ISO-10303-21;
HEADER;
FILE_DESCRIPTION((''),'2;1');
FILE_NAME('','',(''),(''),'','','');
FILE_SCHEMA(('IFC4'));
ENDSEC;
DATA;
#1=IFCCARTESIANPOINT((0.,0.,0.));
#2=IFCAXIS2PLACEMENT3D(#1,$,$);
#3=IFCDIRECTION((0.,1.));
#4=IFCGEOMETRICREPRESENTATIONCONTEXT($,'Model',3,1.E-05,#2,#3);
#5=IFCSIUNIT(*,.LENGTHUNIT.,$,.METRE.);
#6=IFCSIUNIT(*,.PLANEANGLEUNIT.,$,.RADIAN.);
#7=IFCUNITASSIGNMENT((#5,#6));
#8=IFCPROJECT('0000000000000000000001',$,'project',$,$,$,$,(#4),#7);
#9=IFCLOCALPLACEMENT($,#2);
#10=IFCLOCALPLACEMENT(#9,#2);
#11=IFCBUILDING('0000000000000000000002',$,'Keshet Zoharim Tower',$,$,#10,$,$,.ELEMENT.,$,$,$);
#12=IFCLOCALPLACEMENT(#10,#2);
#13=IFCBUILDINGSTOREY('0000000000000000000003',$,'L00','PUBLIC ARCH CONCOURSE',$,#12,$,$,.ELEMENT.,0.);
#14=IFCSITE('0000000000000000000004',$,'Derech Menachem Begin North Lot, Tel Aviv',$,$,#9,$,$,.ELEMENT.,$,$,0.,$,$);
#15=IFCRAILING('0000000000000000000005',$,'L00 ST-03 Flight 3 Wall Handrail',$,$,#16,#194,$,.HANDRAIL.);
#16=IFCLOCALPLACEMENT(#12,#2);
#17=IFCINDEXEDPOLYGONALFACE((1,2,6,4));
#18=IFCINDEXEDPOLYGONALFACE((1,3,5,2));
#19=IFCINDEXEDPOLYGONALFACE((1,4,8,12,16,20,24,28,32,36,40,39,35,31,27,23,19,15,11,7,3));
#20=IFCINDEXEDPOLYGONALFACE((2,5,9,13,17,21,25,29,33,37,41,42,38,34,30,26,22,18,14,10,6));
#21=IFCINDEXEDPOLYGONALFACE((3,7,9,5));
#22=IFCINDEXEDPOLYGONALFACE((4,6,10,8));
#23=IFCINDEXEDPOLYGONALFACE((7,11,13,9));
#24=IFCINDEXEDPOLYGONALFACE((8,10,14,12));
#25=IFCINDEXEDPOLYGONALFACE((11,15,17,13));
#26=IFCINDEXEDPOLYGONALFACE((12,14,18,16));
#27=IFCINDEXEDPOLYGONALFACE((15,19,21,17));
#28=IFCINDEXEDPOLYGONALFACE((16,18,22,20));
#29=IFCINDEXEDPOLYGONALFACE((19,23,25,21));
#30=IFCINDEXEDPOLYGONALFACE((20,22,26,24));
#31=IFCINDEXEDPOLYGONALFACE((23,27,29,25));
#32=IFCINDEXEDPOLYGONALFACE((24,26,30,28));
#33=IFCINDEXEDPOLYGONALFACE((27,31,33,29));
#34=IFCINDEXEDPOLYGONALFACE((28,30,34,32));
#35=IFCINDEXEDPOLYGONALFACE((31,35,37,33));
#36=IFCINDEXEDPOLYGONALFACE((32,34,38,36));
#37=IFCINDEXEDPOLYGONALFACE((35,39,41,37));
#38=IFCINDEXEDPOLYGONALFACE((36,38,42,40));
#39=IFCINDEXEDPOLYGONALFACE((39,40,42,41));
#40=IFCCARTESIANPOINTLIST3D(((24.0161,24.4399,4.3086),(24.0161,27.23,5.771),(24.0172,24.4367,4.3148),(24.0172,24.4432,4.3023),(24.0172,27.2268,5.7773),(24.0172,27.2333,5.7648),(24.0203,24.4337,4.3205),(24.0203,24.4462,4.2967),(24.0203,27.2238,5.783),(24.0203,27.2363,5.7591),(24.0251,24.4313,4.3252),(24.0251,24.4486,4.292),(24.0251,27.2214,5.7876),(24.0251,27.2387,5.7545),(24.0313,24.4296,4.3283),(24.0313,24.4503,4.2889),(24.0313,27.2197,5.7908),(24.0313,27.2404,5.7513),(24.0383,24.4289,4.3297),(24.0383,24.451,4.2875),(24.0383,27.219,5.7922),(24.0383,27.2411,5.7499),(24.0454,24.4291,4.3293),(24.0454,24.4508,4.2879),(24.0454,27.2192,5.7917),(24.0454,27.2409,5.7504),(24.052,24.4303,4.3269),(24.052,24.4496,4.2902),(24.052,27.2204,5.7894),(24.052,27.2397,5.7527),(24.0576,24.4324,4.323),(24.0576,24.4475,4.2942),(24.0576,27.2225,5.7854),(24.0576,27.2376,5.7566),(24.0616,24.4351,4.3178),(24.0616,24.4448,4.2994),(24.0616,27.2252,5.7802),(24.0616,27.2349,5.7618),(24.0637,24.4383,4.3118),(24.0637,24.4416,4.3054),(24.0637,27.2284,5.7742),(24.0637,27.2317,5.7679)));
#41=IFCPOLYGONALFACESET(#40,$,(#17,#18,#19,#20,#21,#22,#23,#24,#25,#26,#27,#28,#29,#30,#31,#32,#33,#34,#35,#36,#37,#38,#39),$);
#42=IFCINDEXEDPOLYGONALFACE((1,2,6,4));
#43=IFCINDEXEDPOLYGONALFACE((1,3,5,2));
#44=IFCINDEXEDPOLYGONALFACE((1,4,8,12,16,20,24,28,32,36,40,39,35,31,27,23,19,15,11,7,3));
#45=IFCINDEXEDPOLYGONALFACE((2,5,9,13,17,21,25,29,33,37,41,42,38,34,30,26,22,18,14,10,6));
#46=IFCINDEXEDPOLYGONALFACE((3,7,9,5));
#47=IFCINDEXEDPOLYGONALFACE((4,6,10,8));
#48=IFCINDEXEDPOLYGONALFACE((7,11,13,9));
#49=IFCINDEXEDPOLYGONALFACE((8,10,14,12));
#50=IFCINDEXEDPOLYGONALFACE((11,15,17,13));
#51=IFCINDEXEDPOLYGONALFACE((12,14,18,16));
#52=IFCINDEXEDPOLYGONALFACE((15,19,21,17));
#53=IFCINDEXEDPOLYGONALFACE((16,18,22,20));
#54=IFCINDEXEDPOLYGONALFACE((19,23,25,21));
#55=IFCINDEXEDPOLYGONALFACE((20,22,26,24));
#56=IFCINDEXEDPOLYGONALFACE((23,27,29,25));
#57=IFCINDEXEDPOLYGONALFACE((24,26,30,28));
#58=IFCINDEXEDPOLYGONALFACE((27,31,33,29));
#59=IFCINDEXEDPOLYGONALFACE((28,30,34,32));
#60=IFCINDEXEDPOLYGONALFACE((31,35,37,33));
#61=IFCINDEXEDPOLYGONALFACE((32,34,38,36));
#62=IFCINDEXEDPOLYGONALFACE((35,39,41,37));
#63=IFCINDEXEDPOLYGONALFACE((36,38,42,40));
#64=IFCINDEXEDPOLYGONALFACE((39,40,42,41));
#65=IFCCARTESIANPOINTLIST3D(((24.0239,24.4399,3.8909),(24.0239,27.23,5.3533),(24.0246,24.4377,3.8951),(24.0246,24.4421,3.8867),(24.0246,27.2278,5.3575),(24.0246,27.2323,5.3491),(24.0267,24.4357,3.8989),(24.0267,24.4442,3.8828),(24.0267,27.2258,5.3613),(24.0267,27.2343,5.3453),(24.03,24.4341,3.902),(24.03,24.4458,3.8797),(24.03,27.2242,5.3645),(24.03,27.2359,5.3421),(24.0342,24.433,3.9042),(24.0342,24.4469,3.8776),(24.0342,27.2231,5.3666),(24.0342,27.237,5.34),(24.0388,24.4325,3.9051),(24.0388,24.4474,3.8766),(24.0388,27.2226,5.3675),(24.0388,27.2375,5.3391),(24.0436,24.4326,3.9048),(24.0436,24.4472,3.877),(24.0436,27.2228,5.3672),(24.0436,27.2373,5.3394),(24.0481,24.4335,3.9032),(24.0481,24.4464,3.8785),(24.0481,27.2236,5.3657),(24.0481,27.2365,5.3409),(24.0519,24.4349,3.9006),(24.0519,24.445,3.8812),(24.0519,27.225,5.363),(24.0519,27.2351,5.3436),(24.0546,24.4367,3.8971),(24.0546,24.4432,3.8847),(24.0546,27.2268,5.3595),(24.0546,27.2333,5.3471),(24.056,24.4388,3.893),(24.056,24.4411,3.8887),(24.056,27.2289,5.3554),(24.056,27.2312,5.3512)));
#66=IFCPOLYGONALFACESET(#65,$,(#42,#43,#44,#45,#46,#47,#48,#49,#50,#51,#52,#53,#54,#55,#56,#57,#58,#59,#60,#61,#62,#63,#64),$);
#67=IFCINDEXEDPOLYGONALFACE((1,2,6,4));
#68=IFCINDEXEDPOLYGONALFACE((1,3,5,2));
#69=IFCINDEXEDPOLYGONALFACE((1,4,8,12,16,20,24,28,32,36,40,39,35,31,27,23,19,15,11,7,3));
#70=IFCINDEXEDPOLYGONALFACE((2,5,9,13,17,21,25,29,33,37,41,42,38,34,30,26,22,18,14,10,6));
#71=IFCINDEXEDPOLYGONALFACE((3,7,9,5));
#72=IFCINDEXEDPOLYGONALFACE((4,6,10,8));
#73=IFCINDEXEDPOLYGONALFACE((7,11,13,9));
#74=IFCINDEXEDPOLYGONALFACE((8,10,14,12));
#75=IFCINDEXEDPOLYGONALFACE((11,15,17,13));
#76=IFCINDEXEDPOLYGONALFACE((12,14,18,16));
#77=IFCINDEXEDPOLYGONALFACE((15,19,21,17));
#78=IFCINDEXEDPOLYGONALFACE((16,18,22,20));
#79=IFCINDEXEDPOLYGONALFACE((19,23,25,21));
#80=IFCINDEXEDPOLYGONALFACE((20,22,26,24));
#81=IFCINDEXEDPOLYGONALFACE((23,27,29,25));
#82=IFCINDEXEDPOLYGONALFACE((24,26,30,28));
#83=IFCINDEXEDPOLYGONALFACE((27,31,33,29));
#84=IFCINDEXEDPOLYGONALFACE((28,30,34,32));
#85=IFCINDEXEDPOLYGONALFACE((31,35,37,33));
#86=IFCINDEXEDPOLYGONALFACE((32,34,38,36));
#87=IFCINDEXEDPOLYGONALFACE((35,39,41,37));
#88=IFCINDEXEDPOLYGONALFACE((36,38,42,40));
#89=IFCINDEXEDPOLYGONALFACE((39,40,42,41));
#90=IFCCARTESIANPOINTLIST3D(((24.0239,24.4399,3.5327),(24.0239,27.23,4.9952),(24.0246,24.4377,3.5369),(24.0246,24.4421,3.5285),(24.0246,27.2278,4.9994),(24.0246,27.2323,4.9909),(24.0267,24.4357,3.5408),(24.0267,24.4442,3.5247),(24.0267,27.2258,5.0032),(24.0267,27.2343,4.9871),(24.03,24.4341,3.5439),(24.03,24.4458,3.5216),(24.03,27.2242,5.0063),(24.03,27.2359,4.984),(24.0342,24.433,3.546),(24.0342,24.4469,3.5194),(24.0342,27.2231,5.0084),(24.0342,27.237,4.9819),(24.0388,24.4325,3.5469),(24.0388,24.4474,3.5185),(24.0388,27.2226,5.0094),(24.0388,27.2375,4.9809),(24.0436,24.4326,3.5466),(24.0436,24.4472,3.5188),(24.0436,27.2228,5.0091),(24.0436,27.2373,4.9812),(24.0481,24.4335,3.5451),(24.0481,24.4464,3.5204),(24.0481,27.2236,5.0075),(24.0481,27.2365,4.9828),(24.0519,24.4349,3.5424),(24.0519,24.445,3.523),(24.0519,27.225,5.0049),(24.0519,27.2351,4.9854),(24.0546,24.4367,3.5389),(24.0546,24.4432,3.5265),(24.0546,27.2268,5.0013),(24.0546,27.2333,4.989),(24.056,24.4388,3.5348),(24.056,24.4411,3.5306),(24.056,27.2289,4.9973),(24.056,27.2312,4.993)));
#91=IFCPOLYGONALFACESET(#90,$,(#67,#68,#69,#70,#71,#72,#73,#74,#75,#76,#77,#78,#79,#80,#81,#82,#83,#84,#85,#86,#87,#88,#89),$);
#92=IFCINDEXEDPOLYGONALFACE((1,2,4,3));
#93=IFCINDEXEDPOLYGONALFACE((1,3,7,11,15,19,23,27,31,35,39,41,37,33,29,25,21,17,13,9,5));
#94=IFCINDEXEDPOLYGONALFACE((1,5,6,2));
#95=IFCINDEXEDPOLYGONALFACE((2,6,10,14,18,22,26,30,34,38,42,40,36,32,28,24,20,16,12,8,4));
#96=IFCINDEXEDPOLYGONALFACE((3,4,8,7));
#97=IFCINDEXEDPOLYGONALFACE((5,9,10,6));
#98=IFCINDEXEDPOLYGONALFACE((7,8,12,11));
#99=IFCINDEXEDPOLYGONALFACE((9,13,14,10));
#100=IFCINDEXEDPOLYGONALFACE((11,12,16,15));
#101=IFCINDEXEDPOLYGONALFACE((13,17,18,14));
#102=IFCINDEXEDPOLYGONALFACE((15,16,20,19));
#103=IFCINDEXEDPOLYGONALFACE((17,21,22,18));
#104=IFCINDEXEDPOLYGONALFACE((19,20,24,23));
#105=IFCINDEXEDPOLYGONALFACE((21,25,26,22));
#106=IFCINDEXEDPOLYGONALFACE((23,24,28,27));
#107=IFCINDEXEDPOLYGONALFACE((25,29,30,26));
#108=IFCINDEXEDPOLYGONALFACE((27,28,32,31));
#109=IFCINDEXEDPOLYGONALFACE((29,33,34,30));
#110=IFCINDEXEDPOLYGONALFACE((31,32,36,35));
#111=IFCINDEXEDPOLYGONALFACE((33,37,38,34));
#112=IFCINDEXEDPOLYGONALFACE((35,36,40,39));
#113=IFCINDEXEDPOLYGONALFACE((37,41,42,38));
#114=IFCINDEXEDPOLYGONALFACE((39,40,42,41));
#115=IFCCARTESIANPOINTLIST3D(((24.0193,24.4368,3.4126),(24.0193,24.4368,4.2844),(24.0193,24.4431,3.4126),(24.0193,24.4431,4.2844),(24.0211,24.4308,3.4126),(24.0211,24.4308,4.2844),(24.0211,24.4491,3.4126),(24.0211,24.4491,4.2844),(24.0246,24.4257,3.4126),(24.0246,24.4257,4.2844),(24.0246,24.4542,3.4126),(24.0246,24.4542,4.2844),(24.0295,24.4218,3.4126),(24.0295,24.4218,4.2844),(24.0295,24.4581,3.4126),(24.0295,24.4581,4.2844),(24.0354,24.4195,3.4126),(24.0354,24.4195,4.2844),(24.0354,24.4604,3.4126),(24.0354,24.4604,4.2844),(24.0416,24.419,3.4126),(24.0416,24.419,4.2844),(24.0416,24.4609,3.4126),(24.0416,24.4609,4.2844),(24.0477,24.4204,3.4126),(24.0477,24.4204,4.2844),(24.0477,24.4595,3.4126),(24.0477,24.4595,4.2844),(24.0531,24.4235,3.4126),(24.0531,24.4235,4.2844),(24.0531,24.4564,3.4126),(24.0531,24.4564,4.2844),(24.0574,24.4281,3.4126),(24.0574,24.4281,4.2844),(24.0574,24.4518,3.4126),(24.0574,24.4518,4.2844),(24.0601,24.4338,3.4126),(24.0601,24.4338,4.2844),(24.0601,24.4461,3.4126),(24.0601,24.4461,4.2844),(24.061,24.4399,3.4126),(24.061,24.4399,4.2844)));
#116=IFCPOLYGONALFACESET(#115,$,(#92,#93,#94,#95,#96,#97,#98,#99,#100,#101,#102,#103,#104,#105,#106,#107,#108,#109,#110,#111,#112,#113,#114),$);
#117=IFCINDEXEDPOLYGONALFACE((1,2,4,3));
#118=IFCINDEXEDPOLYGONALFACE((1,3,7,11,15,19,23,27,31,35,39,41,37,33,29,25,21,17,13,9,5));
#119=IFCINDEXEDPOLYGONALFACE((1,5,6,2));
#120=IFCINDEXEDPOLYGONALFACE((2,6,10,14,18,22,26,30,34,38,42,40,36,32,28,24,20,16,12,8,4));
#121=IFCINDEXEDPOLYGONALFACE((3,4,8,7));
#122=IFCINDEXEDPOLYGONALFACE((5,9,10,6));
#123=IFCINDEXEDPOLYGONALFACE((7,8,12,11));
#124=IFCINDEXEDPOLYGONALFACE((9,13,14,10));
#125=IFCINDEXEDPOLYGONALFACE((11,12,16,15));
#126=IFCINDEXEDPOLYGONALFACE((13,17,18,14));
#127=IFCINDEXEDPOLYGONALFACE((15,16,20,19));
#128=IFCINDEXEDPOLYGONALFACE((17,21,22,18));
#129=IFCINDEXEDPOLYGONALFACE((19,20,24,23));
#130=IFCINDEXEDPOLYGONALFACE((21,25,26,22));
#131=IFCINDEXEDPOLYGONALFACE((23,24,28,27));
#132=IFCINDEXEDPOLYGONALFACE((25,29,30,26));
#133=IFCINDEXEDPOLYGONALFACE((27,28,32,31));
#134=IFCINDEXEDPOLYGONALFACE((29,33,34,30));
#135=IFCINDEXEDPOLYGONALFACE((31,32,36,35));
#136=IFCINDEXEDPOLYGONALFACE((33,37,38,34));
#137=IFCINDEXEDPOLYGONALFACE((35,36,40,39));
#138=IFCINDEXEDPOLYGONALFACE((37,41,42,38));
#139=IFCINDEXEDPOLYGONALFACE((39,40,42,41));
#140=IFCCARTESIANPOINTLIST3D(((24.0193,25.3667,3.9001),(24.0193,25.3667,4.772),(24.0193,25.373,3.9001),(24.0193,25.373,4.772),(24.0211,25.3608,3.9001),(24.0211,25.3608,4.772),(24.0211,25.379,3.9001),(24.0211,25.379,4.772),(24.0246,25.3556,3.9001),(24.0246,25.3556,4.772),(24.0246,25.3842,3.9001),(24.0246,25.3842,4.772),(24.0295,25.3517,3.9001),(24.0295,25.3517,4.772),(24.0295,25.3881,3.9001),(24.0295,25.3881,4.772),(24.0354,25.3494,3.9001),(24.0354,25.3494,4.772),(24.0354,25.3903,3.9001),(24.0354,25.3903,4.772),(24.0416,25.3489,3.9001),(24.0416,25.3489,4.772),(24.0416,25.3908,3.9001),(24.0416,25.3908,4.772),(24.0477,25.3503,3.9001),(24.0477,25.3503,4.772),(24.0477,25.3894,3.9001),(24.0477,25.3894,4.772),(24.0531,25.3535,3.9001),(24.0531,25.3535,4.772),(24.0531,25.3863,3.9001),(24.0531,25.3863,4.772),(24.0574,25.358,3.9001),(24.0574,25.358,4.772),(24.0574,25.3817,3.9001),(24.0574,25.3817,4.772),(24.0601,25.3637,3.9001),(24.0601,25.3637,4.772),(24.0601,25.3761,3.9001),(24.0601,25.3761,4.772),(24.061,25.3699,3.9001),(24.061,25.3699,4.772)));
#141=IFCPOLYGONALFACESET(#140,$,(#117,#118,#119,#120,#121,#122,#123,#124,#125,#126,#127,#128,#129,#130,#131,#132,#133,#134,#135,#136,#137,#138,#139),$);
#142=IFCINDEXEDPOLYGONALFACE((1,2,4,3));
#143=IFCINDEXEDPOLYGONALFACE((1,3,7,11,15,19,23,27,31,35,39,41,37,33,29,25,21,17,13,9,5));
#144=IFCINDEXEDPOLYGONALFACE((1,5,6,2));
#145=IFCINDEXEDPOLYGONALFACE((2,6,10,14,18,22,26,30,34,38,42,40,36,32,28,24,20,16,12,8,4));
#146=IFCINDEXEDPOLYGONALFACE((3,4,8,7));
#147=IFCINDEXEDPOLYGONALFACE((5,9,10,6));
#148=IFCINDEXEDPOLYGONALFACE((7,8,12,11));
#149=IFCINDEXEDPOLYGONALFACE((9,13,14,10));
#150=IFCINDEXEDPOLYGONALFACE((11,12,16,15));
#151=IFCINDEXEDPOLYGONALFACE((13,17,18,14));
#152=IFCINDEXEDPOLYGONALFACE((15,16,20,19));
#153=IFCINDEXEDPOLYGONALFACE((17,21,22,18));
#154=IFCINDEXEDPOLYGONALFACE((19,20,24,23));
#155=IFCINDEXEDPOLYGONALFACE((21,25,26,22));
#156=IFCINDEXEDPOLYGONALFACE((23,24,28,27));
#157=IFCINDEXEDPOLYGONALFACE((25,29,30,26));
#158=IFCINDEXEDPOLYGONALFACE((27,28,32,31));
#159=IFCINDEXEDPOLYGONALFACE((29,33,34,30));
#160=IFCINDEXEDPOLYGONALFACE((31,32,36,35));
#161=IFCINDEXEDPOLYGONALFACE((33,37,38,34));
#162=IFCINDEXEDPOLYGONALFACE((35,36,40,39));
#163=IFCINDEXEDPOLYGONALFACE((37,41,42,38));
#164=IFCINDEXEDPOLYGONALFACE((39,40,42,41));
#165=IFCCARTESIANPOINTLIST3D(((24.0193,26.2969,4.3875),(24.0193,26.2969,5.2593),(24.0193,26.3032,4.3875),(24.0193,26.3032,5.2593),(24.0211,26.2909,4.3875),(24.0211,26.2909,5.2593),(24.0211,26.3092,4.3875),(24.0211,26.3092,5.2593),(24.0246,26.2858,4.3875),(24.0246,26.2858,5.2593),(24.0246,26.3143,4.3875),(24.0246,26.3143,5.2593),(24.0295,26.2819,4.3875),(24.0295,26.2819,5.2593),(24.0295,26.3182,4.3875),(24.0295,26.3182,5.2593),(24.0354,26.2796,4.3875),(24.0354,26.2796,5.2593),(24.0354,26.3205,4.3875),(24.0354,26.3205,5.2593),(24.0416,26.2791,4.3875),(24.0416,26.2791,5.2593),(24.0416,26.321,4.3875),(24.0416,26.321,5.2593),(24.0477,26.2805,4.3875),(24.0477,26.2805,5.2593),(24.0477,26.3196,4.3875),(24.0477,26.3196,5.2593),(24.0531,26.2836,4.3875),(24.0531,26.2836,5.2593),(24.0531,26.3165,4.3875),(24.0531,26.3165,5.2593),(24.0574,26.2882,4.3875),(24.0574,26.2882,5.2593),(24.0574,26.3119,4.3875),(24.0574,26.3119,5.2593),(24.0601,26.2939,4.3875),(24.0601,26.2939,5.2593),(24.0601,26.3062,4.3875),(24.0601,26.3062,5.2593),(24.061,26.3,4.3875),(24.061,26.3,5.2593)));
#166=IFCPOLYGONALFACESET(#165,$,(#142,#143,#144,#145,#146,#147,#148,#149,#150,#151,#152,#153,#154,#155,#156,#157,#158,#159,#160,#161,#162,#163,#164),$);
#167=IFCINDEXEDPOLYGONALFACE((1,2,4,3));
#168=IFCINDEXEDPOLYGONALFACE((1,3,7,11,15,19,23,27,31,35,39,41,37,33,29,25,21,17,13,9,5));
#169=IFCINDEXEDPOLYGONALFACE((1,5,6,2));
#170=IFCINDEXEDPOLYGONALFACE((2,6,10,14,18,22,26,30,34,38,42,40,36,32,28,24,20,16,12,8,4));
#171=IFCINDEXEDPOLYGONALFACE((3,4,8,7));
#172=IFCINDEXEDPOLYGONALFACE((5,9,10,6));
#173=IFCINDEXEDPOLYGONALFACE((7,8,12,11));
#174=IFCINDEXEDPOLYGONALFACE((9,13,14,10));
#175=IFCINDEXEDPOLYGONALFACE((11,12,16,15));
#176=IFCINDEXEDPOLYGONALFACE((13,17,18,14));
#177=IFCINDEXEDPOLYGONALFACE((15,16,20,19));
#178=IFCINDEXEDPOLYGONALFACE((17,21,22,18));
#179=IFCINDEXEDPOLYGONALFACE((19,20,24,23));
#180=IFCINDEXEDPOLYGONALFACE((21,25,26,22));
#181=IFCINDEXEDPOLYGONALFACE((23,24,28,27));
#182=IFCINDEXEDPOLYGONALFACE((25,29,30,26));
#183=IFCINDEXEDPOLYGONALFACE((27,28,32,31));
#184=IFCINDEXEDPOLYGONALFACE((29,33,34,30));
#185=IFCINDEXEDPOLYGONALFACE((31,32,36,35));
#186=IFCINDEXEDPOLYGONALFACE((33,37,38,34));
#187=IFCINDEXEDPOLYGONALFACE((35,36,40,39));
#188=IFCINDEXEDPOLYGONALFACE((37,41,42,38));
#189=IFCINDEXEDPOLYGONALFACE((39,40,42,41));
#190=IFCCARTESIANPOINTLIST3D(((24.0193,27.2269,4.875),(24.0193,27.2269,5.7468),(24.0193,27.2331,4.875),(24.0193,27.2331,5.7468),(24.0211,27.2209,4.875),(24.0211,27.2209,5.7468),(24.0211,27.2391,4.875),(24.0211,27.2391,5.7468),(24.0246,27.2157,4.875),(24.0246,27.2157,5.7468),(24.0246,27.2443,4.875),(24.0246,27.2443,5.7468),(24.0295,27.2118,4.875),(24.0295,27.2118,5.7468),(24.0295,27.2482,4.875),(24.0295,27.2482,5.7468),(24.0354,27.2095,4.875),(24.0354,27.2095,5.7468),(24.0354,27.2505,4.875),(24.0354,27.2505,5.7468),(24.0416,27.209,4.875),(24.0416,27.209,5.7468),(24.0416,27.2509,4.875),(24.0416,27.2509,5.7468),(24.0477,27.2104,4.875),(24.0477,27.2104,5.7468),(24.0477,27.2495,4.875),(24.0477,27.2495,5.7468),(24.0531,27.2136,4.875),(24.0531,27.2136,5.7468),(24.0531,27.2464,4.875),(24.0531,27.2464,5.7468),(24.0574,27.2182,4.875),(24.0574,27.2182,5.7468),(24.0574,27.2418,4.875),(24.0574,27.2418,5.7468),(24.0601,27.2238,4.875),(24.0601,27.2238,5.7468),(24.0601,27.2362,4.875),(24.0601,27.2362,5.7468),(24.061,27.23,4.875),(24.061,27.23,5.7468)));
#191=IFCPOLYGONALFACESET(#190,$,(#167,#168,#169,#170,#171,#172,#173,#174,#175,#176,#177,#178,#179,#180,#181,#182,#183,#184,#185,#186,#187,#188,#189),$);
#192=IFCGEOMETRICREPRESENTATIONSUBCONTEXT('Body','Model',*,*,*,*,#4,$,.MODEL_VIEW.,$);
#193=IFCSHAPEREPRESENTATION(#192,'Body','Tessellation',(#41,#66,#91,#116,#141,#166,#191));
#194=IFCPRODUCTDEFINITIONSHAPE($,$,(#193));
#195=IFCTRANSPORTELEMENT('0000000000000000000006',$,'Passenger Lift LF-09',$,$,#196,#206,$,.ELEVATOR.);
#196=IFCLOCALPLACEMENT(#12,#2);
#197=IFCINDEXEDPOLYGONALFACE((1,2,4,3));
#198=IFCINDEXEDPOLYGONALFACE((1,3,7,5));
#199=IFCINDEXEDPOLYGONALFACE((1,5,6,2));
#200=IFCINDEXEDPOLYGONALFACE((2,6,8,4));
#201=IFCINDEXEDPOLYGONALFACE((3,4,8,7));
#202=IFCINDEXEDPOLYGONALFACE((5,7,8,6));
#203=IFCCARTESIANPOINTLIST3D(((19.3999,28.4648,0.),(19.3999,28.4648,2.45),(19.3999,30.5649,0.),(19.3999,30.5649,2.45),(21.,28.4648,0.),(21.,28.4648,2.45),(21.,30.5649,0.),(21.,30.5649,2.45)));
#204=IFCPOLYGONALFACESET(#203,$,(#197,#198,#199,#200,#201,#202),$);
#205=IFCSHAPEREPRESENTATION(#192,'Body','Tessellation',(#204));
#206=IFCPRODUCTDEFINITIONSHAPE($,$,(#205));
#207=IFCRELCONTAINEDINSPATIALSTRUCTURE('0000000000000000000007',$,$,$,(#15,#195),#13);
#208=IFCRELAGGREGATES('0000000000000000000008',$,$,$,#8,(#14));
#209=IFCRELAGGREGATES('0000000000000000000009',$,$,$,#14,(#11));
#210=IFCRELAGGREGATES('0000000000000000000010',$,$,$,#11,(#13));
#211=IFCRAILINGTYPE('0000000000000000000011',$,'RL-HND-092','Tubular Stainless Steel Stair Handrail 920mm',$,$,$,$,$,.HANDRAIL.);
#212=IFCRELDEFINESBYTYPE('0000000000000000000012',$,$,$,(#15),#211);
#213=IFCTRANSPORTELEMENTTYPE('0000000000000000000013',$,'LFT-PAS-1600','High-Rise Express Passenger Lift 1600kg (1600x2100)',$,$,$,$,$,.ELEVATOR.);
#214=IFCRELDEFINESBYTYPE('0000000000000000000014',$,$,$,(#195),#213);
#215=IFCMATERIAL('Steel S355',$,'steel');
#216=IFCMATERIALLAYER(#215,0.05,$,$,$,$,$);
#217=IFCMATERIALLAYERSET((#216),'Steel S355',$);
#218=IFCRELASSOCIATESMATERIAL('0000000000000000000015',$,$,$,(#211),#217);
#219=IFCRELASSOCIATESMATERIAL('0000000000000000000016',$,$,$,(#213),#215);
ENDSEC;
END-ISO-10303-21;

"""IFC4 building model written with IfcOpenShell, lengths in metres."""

from ifc_helpers import new_model, si_unit, direction, frame, origin, origin_2d, place, context, subcontext, project, spatial, rectangle, circle, extrude, material, layer, layer_set, type_object, element, save


model = new_model("IFC4")

# Units and contexts
model_context = context("Model", 3, precision=1e-05, world=origin(), true_north=direction((0.0, 1.0)))
body_context = subcontext(model_context, "Body", "Model", "MODEL_VIEW")
ifc_project = project(units=[si_unit("LENGTHUNIT", "METRE"), si_unit("PLANEANGLEUNIT", "RADIAN")], contexts=[model_context])

# Site, building, storey
site_placement = place(None, origin())
site = spatial("IfcSite", under=ifc_project, at=site_placement, Name="Derech Menachem Begin North Lot, Tel Aviv", CompositionType="ELEMENT", RefElevation=0.0)
building_placement = place(site_placement, origin())
building = spatial("IfcBuilding", under=site, at=building_placement, Name="Keshet Zoharim Tower", CompositionType="ELEMENT")
storey_placement = place(building_placement, origin())
storey = spatial("IfcBuildingStorey", under=building, at=storey_placement, Name="L00", Description="PUBLIC ARCH CONCOURSE", CompositionType="ELEMENT", Elevation=0.0)

# Shared definitions
ifc_material_1 = material(Name="Steel S355", Category="steel")

# Railing
ifc_layer_1 = layer(ifc_material_1, 0.05)
ifc_layer_set_1 = layer_set([ifc_layer_1], Name="Steel S355")
railing_type_1 = type_object("IfcRailingType", Name="RL-HND-092", Description="Tubular Stainless Steel Stair Handrail 920mm", PredefinedType="HANDRAIL", material=ifc_layer_set_1)
for number, where, name in (
    (1, (24.04, 24.4399, 3.4126), "L00 ST-03 Flight 3 Wall Handrail"),
):
    element("IfcRailing", number, at=place(storey_placement, frame(where)), inside=storey, type_object=railing_type_1, Name=name, PredefinedType="HANDRAIL", context=body_context, shape_type="SweptSolid", body=[
        extrude(circle(Radius=0.0239, at=origin_2d()), frame((0.0, 0.0, 0.896), z_axis=(0.0, 0.885707, 0.464244), x_axis=(-1.0, 0.0, 0.0)), (0.0, 0.0, 1.0), 3.1501),
        extrude(circle(Radius=0.0161, at=origin_2d()), frame((0.0, 0.0, 0.4783), z_axis=(0.0, 0.885707, 0.464244), x_axis=(-1.0, 0.0, 0.0)), (0.0, 0.0, 1.0), 3.1501),
        extrude(circle(Radius=0.0161, at=origin_2d()), frame((0.0, 0.0, 0.1201), z_axis=(0.0, 0.885707, 0.464244), x_axis=(-1.0, 0.0, 0.0)), (0.0, 0.0, 1.0), 3.1501),
        extrude(circle(Radius=0.021, at=origin_2d()), origin(), (0.0, 0.0, 1.0), 0.8718),
        extrude(circle(Radius=0.021, at=origin_2d()), frame((0.0, 0.9299, 0.4875)), (0.0, 0.0, 1.0), 0.8718),
        extrude(circle(Radius=0.021, at=origin_2d()), frame((0.0, 1.8601, 0.9749)), (0.0, 0.0, 1.0), 0.8718),
        extrude(circle(Radius=0.021, at=origin_2d()), frame((0.0, 2.79, 1.4624)), (0.0, 0.0, 1.0), 0.8718),
    ])

# Transport element
transport_element_type = type_object("IfcTransportElementType", Name="LFT-PAS-1600", Description="High-Rise Express Passenger Lift 1600kg (1600x2100)", PredefinedType="ELEVATOR", material=ifc_material_1)
for number, where, z_axis, x_axis, name in (
    (2, (20.2, 29.5149, 0.0), (0.0, 0.0, 1.0), (1.0, 0.0, 0.0), "Passenger Lift LF-09"),
):
    element("IfcTransportElement", number, at=place(storey_placement, frame(where, z_axis=z_axis, x_axis=x_axis)), inside=storey, type_object=transport_element_type, Name=name, PredefinedType="ELEVATOR", context=body_context, shape_type="SweptSolid", body=[
        extrude(rectangle(XDim=1.6001, YDim=2.1001, at=origin_2d()), origin(), (0.0, 0.0, 1.0), 2.45),
    ])

save(model, "model.ifc")
